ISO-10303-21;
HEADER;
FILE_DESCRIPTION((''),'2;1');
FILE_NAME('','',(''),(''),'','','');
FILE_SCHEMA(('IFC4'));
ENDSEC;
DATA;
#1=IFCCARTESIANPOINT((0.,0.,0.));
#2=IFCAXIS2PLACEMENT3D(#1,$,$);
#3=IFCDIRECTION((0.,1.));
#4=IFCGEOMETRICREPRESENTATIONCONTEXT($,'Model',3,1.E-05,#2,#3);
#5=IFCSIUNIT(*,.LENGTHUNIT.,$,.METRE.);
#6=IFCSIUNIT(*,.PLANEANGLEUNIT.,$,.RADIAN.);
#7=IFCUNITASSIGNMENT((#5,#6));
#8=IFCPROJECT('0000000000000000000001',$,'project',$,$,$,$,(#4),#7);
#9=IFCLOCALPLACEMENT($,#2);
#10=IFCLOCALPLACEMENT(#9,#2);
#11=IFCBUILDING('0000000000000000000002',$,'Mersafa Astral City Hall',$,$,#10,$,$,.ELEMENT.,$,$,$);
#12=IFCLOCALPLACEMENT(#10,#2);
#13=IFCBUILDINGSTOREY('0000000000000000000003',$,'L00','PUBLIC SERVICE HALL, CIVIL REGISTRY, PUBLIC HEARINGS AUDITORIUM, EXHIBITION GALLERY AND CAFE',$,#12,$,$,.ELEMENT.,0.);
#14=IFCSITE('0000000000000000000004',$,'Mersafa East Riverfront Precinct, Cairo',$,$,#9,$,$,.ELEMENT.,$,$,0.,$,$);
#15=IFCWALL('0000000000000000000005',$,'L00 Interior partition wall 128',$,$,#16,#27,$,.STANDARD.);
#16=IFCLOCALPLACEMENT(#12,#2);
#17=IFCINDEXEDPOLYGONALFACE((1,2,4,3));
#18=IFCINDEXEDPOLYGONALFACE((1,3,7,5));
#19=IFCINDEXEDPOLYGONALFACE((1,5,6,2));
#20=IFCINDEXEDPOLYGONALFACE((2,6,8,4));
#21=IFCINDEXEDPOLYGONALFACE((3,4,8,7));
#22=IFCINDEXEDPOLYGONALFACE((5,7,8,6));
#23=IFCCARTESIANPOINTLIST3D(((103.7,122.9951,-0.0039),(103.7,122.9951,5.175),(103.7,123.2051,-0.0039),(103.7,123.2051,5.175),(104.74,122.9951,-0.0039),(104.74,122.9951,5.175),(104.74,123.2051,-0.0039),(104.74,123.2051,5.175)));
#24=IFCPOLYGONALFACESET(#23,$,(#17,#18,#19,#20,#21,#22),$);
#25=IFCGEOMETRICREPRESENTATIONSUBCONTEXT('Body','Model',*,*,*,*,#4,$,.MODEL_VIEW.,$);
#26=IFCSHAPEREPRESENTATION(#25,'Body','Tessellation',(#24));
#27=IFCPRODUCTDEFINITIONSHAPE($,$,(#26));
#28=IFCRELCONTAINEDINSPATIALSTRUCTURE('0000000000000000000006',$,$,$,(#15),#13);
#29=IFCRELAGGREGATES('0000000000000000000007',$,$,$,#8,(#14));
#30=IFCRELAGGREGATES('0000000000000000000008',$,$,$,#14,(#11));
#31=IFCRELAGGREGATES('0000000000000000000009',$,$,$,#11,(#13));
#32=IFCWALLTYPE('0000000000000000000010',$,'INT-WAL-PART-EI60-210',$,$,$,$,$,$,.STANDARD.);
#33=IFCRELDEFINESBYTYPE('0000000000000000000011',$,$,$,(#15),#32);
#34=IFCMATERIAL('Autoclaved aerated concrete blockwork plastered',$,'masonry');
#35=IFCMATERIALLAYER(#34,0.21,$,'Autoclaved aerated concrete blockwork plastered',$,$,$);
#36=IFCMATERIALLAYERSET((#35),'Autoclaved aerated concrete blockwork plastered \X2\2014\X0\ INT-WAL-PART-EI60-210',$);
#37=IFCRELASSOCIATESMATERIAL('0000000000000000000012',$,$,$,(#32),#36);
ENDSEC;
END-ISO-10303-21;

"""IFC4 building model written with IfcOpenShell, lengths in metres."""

from ifc_helpers import new_model, si_unit, direction, frame, frame_2d, origin, place, context, subcontext, project, spatial, rectangle, extrude, material, layer, layer_set, type_object, element, save


model = new_model("IFC4")

# Units and contexts
model_context = context("Model", 3, precision=1e-05, world=origin(), true_north=direction((0.0, 1.0)))
body_context = subcontext(model_context, "Body", "Model", "MODEL_VIEW")
ifc_project = project(units=[si_unit("LENGTHUNIT", "METRE"), si_unit("PLANEANGLEUNIT", "RADIAN")], contexts=[model_context])

# Site, building, storey
site_placement = place(None, origin())
site = spatial("IfcSite", under=ifc_project, at=site_placement, Name="Mersafa East Riverfront Precinct, Cairo", CompositionType="ELEMENT", RefElevation=0.0)
building_placement = place(site_placement, origin())
building = spatial("IfcBuilding", under=site, at=building_placement, Name="Mersafa Astral City Hall", CompositionType="ELEMENT")
storey_placement = place(building_placement, origin())
storey = spatial("IfcBuildingStorey", under=building, at=storey_placement, Name="L00", Description="PUBLIC SERVICE HALL, CIVIL REGISTRY, PUBLIC HEARINGS AUDITORIUM, EXHIBITION GALLERY AND CAFE", CompositionType="ELEMENT", Elevation=0.0)

# Wall
ifc_material_1 = material(Name="Autoclaved aerated concrete blockwork plastered", Category="masonry")
ifc_layer_1 = layer(ifc_material_1, 0.21, Name="Autoclaved aerated concrete blockwork plastered")
ifc_layer_set_1 = layer_set([ifc_layer_1], Name="Autoclaved aerated concrete blockwork plastered — INT-WAL-PART-EI60-210")
wall_type_1 = type_object("IfcWallType", Name="INT-WAL-PART-EI60-210", PredefinedType="STANDARD", material=ifc_layer_set_1)
wall_1_placement = place(storey_placement, frame((103.7, 123.1001, -0.0039), z_axis=(0.0, 0.0, 1.0), x_axis=(1.0, 0.0, 0.0)))
element("IfcWall", 1, at=wall_1_placement, inside=storey, type_object=wall_type_1, Name="L00 Interior partition wall 128", PredefinedType="STANDARD", context=body_context, shape_type="SweptSolid", body=[
    extrude(rectangle(XDim=1.04, YDim=0.21, at=frame_2d((0.52, 0.0))), origin(), (0.0, 0.0, 1.0), 5.179),
])

save(model, "model.ifc")
